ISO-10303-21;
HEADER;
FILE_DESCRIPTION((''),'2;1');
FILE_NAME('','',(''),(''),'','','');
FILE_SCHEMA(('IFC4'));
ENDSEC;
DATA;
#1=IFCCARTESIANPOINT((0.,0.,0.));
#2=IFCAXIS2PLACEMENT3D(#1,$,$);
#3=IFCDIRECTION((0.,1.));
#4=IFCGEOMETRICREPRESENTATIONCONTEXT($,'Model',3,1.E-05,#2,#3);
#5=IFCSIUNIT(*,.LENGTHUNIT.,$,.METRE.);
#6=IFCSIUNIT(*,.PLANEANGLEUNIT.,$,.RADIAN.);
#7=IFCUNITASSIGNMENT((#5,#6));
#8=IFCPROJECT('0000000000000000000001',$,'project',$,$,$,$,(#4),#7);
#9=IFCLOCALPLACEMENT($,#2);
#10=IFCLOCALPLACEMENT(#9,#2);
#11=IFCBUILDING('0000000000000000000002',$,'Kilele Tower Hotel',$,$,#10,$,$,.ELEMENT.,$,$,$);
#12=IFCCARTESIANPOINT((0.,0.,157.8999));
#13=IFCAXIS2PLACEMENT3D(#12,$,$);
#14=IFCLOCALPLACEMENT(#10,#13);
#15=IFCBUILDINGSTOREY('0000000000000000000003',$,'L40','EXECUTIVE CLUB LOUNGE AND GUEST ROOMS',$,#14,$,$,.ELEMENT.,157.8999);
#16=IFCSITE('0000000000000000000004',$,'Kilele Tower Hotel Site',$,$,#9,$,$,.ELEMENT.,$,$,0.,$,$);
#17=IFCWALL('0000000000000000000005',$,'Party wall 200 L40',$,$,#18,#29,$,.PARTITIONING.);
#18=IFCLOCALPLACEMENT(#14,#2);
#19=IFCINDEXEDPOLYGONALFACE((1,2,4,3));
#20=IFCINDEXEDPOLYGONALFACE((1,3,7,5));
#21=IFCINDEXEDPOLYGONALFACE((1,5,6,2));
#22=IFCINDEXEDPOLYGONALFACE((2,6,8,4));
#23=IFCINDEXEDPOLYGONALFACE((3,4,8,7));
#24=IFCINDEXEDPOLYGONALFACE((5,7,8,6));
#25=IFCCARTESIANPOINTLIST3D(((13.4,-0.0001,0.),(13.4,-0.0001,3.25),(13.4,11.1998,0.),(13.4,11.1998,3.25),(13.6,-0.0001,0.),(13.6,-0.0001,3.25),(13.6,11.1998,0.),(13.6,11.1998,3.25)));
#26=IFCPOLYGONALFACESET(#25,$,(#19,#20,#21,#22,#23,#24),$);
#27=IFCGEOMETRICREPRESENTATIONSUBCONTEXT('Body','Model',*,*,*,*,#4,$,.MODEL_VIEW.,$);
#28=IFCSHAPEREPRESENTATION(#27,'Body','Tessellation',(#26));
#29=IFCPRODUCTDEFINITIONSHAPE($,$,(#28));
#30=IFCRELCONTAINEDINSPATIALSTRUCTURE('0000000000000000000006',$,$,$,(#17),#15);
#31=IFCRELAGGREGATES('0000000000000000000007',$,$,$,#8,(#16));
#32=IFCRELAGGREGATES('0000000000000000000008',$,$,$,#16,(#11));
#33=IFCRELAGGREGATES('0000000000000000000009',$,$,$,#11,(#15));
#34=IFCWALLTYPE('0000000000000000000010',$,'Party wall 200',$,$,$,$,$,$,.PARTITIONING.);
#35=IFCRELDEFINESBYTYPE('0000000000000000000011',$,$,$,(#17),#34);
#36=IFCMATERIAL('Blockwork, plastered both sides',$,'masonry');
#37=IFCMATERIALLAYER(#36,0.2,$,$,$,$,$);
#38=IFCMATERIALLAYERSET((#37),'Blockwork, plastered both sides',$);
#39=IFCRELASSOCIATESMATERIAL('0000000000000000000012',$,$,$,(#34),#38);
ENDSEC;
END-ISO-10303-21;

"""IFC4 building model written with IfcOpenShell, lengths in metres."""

from ifc_helpers import new_model, si_unit, direction, frame, frame_2d, origin, place, context, subcontext, project, spatial, rectangle, extrude, material, layer, layer_set, type_object, element, save


model = new_model("IFC4")

# Units and contexts
model_context = context("Model", 3, precision=1e-05, world=origin(), true_north=direction((0.0, 1.0)))
body_context = subcontext(model_context, "Body", "Model", "MODEL_VIEW")
ifc_project = project(units=[si_unit("LENGTHUNIT", "METRE"), si_unit("PLANEANGLEUNIT", "RADIAN")], contexts=[model_context])

# Site, building, storey
site_placement = place(None, origin())
site = spatial("IfcSite", under=ifc_project, at=site_placement, Name="Kilele Tower Hotel Site", CompositionType="ELEMENT", RefElevation=0.0)
building_placement = place(site_placement, origin())
building = spatial("IfcBuilding", under=site, at=building_placement, Name="Kilele Tower Hotel", CompositionType="ELEMENT")
storey_placement = place(building_placement, frame((0.0, 0.0, 157.8999)))
storey = spatial("IfcBuildingStorey", under=building, at=storey_placement, Name="L40", Description="EXECUTIVE CLUB LOUNGE AND GUEST ROOMS", CompositionType="ELEMENT", Elevation=157.8999)

# Wall
ifc_material_1 = material(Name="Blockwork, plastered both sides", Category="masonry")
ifc_layer_1 = layer(ifc_material_1, 0.2)
ifc_layer_set_1 = layer_set([ifc_layer_1], Name="Blockwork, plastered both sides")
wall_type_1 = type_object("IfcWallType", Name="Party wall 200", PredefinedType="PARTITIONING", material=ifc_layer_set_1)
wall_1_placement = place(storey_placement, frame((13.5, 11.2, 0.0), z_axis=(0.0, 0.0, 1.0), x_axis=(0.0, -1.0, 0.0)))
element("IfcWall", 1, at=wall_1_placement, inside=storey, type_object=wall_type_1, Name="Party wall 200 L40", PredefinedType="PARTITIONING", context=body_context, shape_type="SweptSolid", body=[
    extrude(rectangle(XDim=11.2, YDim=0.2, at=frame_2d((5.6001, 0.0))), origin(), (0.0, 0.0, 1.0), 3.25),
])

save(model, "model.ifc")
